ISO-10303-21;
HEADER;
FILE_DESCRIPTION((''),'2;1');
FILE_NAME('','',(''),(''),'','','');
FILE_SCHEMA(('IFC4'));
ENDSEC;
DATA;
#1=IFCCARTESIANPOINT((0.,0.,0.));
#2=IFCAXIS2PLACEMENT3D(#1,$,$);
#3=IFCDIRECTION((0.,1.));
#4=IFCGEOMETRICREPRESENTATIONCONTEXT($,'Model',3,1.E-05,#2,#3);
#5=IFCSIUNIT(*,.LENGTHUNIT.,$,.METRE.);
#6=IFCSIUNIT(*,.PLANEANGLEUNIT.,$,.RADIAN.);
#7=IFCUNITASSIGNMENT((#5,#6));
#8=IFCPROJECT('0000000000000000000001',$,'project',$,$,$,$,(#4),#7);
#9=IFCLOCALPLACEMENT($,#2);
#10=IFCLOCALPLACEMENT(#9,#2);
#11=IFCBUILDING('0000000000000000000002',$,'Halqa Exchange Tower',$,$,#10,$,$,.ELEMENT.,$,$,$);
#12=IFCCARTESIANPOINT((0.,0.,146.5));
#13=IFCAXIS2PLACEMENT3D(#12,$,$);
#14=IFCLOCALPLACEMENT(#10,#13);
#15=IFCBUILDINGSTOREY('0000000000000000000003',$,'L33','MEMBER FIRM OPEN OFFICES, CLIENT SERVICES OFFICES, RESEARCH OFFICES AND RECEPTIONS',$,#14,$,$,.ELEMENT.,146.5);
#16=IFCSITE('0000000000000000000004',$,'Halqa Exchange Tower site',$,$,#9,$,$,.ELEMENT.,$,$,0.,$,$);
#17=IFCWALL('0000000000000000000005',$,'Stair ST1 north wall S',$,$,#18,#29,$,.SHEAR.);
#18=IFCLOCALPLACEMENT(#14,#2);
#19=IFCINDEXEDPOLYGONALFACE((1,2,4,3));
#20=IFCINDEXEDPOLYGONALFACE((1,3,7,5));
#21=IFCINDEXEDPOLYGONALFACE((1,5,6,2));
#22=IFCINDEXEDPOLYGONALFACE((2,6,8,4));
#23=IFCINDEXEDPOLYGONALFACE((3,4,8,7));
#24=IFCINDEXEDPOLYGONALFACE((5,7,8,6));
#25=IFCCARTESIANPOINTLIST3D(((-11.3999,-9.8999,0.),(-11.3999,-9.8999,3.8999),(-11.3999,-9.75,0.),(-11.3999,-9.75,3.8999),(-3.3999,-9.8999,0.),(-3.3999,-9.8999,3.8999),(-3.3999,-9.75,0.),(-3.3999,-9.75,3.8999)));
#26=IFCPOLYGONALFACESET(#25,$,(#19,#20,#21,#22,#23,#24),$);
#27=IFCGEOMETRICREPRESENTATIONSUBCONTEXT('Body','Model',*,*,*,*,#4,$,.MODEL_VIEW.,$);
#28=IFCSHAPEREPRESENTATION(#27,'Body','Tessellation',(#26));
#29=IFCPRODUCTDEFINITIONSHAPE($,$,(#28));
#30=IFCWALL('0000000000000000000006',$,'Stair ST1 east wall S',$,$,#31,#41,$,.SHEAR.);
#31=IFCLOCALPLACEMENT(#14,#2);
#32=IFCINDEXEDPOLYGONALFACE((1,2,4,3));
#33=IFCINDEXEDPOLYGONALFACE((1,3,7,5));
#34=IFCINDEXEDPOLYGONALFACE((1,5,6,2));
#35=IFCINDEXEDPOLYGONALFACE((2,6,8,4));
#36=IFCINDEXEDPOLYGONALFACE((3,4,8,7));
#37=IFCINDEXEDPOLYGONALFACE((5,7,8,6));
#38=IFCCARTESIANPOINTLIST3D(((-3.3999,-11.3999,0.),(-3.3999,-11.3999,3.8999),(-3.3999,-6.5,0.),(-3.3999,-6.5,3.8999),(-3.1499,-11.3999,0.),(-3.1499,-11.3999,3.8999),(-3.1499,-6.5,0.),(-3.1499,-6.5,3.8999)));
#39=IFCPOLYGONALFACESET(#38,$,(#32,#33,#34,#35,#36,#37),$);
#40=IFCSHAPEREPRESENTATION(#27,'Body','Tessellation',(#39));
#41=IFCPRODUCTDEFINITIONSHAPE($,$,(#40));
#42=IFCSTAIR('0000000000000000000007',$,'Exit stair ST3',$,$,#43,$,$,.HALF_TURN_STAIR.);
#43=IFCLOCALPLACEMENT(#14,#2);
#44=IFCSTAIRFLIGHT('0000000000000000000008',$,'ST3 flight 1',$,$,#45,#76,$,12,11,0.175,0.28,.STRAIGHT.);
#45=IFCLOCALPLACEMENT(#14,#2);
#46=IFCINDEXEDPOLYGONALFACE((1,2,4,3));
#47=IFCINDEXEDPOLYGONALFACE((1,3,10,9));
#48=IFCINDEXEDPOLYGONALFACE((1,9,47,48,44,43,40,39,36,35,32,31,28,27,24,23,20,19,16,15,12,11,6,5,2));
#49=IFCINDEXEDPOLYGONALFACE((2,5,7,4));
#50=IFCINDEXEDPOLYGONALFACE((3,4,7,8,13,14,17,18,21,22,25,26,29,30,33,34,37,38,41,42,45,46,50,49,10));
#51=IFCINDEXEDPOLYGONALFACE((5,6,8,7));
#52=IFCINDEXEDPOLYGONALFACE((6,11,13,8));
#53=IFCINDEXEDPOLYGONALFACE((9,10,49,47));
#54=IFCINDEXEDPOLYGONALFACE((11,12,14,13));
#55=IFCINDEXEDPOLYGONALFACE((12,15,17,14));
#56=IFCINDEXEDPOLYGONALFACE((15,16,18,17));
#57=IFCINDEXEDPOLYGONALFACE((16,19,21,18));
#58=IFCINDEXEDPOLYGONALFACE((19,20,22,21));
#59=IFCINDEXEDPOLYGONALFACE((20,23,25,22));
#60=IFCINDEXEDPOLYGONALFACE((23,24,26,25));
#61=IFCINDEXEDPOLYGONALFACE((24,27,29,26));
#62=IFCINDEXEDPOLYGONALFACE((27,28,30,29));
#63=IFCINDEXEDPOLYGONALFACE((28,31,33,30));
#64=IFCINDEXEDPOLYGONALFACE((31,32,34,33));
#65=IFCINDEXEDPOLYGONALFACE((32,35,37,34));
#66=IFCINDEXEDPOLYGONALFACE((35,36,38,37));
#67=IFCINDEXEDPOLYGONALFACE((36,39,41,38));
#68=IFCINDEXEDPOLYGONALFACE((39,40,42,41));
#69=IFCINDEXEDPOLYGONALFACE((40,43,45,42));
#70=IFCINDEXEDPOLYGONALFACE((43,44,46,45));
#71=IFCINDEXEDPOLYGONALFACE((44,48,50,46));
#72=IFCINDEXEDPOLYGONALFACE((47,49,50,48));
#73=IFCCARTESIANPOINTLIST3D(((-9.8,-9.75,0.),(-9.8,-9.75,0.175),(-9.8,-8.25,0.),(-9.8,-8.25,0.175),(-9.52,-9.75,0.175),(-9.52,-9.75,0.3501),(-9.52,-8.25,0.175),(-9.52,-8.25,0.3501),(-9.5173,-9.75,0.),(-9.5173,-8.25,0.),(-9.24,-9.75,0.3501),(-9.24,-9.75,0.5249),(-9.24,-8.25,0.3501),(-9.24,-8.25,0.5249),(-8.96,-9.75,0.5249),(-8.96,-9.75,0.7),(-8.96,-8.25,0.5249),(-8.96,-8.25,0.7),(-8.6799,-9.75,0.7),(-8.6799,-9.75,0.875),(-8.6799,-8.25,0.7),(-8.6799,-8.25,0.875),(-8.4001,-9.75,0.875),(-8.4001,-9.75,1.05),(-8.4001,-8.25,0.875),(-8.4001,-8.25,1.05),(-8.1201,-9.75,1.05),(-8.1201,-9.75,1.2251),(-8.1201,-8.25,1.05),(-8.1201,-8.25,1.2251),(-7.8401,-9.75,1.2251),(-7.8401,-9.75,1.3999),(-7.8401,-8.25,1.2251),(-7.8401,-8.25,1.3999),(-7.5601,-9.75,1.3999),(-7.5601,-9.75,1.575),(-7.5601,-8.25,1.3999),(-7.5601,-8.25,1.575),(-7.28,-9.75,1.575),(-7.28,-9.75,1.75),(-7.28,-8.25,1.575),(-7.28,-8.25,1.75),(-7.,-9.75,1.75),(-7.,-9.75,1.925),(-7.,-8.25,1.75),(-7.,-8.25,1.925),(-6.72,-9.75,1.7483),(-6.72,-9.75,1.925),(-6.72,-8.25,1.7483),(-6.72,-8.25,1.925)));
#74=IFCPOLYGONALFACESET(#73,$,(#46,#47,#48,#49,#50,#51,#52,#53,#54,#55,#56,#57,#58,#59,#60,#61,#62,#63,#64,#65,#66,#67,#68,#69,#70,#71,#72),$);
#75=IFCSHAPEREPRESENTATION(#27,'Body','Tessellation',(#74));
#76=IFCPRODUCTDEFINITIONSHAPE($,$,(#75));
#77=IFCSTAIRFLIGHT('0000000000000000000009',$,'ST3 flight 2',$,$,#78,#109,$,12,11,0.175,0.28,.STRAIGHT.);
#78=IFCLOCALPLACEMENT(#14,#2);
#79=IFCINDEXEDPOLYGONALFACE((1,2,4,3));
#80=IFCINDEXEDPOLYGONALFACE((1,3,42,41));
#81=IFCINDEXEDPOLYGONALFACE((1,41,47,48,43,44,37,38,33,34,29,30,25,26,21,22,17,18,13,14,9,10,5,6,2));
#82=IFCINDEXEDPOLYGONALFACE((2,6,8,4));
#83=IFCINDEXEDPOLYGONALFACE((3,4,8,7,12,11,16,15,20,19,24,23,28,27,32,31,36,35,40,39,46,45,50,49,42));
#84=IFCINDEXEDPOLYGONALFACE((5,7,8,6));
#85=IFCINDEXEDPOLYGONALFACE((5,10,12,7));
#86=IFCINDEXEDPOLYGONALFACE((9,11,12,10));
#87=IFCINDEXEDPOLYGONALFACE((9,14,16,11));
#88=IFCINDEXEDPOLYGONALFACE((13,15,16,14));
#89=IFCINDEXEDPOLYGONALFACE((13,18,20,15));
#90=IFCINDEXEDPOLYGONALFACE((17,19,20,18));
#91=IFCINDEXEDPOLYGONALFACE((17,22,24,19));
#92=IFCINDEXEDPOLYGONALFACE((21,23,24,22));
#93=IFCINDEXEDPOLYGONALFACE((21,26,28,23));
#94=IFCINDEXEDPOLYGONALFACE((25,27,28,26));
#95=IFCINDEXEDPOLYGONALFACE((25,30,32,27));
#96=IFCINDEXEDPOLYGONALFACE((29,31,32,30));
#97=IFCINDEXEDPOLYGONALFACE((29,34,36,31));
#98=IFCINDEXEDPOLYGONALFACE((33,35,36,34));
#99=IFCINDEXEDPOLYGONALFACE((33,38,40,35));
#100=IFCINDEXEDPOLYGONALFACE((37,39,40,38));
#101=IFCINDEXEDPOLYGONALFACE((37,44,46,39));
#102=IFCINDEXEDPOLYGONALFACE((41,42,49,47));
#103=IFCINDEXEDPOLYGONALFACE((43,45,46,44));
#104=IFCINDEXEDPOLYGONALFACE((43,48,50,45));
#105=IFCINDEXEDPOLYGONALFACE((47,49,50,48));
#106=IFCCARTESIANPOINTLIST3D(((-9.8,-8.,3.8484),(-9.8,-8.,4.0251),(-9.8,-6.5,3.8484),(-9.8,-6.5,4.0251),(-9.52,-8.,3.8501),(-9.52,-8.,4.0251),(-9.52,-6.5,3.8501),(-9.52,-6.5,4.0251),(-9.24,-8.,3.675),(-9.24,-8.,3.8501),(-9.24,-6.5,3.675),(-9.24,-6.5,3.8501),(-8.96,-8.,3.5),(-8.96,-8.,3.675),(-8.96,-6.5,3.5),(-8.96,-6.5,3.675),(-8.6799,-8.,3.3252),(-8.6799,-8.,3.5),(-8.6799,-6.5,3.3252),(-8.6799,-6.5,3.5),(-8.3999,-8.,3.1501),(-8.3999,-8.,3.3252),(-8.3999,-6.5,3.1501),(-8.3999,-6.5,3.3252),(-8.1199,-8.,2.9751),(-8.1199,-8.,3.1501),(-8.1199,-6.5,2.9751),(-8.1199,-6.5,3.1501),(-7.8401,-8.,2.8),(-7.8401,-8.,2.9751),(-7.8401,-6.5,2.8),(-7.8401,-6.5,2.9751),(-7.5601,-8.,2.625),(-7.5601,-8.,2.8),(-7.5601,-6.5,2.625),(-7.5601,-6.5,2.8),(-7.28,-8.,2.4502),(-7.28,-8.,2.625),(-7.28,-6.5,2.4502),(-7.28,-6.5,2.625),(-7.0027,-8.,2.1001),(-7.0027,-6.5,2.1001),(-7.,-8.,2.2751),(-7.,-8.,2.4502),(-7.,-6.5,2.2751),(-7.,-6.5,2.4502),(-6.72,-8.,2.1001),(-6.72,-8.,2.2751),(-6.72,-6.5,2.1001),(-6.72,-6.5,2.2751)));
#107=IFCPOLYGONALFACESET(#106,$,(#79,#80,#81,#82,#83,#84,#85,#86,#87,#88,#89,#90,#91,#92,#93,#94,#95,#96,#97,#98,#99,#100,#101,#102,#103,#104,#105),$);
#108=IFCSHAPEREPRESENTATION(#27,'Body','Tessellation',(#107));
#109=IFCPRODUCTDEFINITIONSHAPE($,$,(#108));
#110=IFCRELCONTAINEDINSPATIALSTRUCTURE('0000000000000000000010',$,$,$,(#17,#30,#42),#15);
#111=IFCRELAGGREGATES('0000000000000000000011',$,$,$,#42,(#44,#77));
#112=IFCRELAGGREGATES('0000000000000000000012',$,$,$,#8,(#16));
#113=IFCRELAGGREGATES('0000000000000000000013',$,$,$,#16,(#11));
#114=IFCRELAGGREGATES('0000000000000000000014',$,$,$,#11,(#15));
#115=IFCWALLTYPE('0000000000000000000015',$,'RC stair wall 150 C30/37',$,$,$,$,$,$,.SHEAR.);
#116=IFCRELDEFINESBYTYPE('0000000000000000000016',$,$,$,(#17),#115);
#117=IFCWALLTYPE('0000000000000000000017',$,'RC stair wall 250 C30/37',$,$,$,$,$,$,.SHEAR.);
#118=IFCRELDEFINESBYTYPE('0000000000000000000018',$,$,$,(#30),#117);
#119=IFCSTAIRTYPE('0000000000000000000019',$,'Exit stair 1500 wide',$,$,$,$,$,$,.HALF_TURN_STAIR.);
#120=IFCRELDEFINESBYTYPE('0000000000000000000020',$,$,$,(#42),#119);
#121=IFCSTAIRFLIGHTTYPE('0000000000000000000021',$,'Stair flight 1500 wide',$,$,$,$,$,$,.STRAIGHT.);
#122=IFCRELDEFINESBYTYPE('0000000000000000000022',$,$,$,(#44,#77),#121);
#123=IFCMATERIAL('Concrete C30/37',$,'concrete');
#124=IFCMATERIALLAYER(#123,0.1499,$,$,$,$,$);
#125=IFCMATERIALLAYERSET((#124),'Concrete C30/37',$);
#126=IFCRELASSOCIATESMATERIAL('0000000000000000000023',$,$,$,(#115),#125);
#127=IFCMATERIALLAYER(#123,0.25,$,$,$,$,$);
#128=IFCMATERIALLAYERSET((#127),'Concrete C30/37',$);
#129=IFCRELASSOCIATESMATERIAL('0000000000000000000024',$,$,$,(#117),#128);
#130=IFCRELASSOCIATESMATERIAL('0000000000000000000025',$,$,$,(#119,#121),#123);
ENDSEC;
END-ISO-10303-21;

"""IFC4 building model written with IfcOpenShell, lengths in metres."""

from ifc_helpers import new_model, si_unit, direction, frame, frame_2d, origin, place, context, subcontext, project, spatial, polyline, rectangle, outline, extrude, material, layer, layer_set, type_object, element, aggregate, save


model = new_model("IFC4")

# Units and contexts
model_context = context("Model", 3, precision=1e-05, world=origin(), true_north=direction((0.0, 1.0)))
body_context = subcontext(model_context, "Body", "Model", "MODEL_VIEW")
ifc_project = project(units=[si_unit("LENGTHUNIT", "METRE"), si_unit("PLANEANGLEUNIT", "RADIAN")], contexts=[model_context])

# Site, building, storey
site_placement = place(None, origin())
site = spatial("IfcSite", under=ifc_project, at=site_placement, Name="Halqa Exchange Tower site", CompositionType="ELEMENT", RefElevation=0.0)
building_placement = place(site_placement, origin())
building = spatial("IfcBuilding", under=site, at=building_placement, Name="Halqa Exchange Tower", CompositionType="ELEMENT")
storey_placement = place(building_placement, frame((0.0, 0.0, 146.5)))
storey = spatial("IfcBuildingStorey", under=building, at=storey_placement, Name="L33", Description="MEMBER FIRM OPEN OFFICES, CLIENT SERVICES OFFICES, RESEARCH OFFICES AND RECEPTIONS", CompositionType="ELEMENT", Elevation=146.5)

# Walls
ifc_material_1 = material(Name="Concrete C30/37", Category="concrete")
ifc_layer_1 = layer(ifc_material_1, 0.1499)
ifc_layer_set_1 = layer_set([ifc_layer_1], Name="Concrete C30/37")
wall_type_1 = type_object("IfcWallType", Name="RC stair wall 150 C30/37", PredefinedType="SHEAR", material=ifc_layer_set_1)
wall_1_placement = place(storey_placement, frame((-11.3999, -9.825, 0.0), z_axis=(0.0, 0.0, 1.0), x_axis=(1.0, 0.0, 0.0)))
element("IfcWall", 1, at=wall_1_placement, inside=storey, type_object=wall_type_1, Name="Stair ST1 north wall S", PredefinedType="SHEAR", context=body_context, shape_type="SweptSolid", body=[
    extrude(rectangle(XDim=8.0, YDim=0.1499, at=frame_2d((4.0, 0.0))), origin(), (0.0, 0.0, 1.0), 3.8999),
])
ifc_layer_2 = layer(ifc_material_1, 0.25)
ifc_layer_set_2 = layer_set([ifc_layer_2], Name="Concrete C30/37")
wall_type_2 = type_object("IfcWallType", Name="RC stair wall 250 C30/37", PredefinedType="SHEAR", material=ifc_layer_set_2)
wall_2_placement = place(storey_placement, frame((-3.2749, -11.3999, 0.0), z_axis=(0.0, 0.0, 1.0), x_axis=(0.0, 1.0, 0.0)))
element("IfcWall", 2, at=wall_2_placement, inside=storey, type_object=wall_type_2, Name="Stair ST1 east wall S", PredefinedType="SHEAR", context=body_context, shape_type="SweptSolid", body=[
    extrude(rectangle(XDim=4.8999, YDim=0.25, at=frame_2d((2.45, 0.0))), origin(), (0.0, 0.0, 1.0), 3.8999),
])

# Stair, stair flights
stair_type = type_object("IfcStairType", Name="Exit stair 1500 wide", PredefinedType="HALF_TURN_STAIR", material=ifc_material_1)
stair_placement = place(storey_placement, origin())
stair = element("IfcStair", 3, at=stair_placement, inside=storey, type_object=stair_type, Name="Exit stair ST3", PredefinedType="HALF_TURN_STAIR")
stair_flight_type = type_object("IfcStairFlightType", Name="Stair flight 1500 wide", PredefinedType="STRAIGHT", material=ifc_material_1)
stair_flight_1_placement = place(storey_placement, frame((-9.8, -9.0, 0.0), z_axis=(0.0, 0.0, 1.0), x_axis=(1.0, 0.0, 0.0)))
stair_flight_1 = element("IfcStairFlight", 4, at=stair_flight_1_placement, type_object=stair_flight_type, Name="ST3 flight 1", NumberOfRisers=12, NumberOfTreads=11, PredefinedType="STRAIGHT", RiserHeight=0.175, TreadLength=0.28, context=body_context, shape_type="SweptSolid", body=[
    extrude(outline(polyline([(0.0, 0.0), (0.0, 0.175), (0.28, 0.175), (0.28, 0.3501), (0.5601, 0.3501), (0.5601, 0.5249), (0.8401, 0.5249), (0.8401, 0.7), (1.1201, 0.7), (1.1201, 0.875), (1.3999, 0.875), (1.3999, 1.05), (1.6799, 1.05), (1.6799, 1.2251), (1.96, 1.2251), (1.96, 1.3999), (2.24, 1.3999), (2.24, 1.575), (2.52, 1.575), (2.52, 1.75), (2.8, 1.75), (2.8, 1.925), (3.0801, 1.925), (3.0801, 2.1001), (3.0801, 1.7483), (0.2827, 0.0), (0.0, 0.0)])), frame((0.0, 0.75, 0.0), z_axis=(0.0, -1.0, 0.0), x_axis=(1.0, 0.0, 0.0)), (0.0, 0.0, 1.0), 1.5),
])
stair_flight_2_placement = place(storey_placement, frame((-6.72, -7.25, 2.1001), z_axis=(0.0, 0.0, 1.0), x_axis=(-1.0, 0.0, 0.0)))
stair_flight_2 = element("IfcStairFlight", 5, at=stair_flight_2_placement, type_object=stair_flight_type, Name="ST3 flight 2", NumberOfRisers=12, NumberOfTreads=11, PredefinedType="STRAIGHT", RiserHeight=0.175, TreadLength=0.28, context=body_context, shape_type="SweptSolid", body=[
    extrude(outline(polyline([(0.0, 0.0), (0.0, 0.175), (0.28, 0.175), (0.28, 0.3501), (0.5601, 0.3501), (0.5601, 0.5249), (0.8401, 0.5249), (0.8401, 0.7), (1.1201, 0.7), (1.1201, 0.875), (1.3999, 0.875), (1.3999, 1.05), (1.6799, 1.05), (1.6799, 1.2251), (1.96, 1.2251), (1.96, 1.3999), (2.24, 1.3999), (2.24, 1.575), (2.52, 1.575), (2.52, 1.75), (2.8, 1.75), (2.8, 1.925), (3.0801, 1.925), (3.0801, 2.1001), (3.0801, 1.7483), (0.2827, 0.0), (0.0, 0.0)])), frame((0.0, 0.75, 0.0), z_axis=(0.0, -1.0, 0.0), x_axis=(1.0, 0.0, 0.0)), (0.0, 0.0, 1.0), 1.5),
])
aggregate(stair, [stair_flight_1, stair_flight_2])

save(model, "model.ifc")
